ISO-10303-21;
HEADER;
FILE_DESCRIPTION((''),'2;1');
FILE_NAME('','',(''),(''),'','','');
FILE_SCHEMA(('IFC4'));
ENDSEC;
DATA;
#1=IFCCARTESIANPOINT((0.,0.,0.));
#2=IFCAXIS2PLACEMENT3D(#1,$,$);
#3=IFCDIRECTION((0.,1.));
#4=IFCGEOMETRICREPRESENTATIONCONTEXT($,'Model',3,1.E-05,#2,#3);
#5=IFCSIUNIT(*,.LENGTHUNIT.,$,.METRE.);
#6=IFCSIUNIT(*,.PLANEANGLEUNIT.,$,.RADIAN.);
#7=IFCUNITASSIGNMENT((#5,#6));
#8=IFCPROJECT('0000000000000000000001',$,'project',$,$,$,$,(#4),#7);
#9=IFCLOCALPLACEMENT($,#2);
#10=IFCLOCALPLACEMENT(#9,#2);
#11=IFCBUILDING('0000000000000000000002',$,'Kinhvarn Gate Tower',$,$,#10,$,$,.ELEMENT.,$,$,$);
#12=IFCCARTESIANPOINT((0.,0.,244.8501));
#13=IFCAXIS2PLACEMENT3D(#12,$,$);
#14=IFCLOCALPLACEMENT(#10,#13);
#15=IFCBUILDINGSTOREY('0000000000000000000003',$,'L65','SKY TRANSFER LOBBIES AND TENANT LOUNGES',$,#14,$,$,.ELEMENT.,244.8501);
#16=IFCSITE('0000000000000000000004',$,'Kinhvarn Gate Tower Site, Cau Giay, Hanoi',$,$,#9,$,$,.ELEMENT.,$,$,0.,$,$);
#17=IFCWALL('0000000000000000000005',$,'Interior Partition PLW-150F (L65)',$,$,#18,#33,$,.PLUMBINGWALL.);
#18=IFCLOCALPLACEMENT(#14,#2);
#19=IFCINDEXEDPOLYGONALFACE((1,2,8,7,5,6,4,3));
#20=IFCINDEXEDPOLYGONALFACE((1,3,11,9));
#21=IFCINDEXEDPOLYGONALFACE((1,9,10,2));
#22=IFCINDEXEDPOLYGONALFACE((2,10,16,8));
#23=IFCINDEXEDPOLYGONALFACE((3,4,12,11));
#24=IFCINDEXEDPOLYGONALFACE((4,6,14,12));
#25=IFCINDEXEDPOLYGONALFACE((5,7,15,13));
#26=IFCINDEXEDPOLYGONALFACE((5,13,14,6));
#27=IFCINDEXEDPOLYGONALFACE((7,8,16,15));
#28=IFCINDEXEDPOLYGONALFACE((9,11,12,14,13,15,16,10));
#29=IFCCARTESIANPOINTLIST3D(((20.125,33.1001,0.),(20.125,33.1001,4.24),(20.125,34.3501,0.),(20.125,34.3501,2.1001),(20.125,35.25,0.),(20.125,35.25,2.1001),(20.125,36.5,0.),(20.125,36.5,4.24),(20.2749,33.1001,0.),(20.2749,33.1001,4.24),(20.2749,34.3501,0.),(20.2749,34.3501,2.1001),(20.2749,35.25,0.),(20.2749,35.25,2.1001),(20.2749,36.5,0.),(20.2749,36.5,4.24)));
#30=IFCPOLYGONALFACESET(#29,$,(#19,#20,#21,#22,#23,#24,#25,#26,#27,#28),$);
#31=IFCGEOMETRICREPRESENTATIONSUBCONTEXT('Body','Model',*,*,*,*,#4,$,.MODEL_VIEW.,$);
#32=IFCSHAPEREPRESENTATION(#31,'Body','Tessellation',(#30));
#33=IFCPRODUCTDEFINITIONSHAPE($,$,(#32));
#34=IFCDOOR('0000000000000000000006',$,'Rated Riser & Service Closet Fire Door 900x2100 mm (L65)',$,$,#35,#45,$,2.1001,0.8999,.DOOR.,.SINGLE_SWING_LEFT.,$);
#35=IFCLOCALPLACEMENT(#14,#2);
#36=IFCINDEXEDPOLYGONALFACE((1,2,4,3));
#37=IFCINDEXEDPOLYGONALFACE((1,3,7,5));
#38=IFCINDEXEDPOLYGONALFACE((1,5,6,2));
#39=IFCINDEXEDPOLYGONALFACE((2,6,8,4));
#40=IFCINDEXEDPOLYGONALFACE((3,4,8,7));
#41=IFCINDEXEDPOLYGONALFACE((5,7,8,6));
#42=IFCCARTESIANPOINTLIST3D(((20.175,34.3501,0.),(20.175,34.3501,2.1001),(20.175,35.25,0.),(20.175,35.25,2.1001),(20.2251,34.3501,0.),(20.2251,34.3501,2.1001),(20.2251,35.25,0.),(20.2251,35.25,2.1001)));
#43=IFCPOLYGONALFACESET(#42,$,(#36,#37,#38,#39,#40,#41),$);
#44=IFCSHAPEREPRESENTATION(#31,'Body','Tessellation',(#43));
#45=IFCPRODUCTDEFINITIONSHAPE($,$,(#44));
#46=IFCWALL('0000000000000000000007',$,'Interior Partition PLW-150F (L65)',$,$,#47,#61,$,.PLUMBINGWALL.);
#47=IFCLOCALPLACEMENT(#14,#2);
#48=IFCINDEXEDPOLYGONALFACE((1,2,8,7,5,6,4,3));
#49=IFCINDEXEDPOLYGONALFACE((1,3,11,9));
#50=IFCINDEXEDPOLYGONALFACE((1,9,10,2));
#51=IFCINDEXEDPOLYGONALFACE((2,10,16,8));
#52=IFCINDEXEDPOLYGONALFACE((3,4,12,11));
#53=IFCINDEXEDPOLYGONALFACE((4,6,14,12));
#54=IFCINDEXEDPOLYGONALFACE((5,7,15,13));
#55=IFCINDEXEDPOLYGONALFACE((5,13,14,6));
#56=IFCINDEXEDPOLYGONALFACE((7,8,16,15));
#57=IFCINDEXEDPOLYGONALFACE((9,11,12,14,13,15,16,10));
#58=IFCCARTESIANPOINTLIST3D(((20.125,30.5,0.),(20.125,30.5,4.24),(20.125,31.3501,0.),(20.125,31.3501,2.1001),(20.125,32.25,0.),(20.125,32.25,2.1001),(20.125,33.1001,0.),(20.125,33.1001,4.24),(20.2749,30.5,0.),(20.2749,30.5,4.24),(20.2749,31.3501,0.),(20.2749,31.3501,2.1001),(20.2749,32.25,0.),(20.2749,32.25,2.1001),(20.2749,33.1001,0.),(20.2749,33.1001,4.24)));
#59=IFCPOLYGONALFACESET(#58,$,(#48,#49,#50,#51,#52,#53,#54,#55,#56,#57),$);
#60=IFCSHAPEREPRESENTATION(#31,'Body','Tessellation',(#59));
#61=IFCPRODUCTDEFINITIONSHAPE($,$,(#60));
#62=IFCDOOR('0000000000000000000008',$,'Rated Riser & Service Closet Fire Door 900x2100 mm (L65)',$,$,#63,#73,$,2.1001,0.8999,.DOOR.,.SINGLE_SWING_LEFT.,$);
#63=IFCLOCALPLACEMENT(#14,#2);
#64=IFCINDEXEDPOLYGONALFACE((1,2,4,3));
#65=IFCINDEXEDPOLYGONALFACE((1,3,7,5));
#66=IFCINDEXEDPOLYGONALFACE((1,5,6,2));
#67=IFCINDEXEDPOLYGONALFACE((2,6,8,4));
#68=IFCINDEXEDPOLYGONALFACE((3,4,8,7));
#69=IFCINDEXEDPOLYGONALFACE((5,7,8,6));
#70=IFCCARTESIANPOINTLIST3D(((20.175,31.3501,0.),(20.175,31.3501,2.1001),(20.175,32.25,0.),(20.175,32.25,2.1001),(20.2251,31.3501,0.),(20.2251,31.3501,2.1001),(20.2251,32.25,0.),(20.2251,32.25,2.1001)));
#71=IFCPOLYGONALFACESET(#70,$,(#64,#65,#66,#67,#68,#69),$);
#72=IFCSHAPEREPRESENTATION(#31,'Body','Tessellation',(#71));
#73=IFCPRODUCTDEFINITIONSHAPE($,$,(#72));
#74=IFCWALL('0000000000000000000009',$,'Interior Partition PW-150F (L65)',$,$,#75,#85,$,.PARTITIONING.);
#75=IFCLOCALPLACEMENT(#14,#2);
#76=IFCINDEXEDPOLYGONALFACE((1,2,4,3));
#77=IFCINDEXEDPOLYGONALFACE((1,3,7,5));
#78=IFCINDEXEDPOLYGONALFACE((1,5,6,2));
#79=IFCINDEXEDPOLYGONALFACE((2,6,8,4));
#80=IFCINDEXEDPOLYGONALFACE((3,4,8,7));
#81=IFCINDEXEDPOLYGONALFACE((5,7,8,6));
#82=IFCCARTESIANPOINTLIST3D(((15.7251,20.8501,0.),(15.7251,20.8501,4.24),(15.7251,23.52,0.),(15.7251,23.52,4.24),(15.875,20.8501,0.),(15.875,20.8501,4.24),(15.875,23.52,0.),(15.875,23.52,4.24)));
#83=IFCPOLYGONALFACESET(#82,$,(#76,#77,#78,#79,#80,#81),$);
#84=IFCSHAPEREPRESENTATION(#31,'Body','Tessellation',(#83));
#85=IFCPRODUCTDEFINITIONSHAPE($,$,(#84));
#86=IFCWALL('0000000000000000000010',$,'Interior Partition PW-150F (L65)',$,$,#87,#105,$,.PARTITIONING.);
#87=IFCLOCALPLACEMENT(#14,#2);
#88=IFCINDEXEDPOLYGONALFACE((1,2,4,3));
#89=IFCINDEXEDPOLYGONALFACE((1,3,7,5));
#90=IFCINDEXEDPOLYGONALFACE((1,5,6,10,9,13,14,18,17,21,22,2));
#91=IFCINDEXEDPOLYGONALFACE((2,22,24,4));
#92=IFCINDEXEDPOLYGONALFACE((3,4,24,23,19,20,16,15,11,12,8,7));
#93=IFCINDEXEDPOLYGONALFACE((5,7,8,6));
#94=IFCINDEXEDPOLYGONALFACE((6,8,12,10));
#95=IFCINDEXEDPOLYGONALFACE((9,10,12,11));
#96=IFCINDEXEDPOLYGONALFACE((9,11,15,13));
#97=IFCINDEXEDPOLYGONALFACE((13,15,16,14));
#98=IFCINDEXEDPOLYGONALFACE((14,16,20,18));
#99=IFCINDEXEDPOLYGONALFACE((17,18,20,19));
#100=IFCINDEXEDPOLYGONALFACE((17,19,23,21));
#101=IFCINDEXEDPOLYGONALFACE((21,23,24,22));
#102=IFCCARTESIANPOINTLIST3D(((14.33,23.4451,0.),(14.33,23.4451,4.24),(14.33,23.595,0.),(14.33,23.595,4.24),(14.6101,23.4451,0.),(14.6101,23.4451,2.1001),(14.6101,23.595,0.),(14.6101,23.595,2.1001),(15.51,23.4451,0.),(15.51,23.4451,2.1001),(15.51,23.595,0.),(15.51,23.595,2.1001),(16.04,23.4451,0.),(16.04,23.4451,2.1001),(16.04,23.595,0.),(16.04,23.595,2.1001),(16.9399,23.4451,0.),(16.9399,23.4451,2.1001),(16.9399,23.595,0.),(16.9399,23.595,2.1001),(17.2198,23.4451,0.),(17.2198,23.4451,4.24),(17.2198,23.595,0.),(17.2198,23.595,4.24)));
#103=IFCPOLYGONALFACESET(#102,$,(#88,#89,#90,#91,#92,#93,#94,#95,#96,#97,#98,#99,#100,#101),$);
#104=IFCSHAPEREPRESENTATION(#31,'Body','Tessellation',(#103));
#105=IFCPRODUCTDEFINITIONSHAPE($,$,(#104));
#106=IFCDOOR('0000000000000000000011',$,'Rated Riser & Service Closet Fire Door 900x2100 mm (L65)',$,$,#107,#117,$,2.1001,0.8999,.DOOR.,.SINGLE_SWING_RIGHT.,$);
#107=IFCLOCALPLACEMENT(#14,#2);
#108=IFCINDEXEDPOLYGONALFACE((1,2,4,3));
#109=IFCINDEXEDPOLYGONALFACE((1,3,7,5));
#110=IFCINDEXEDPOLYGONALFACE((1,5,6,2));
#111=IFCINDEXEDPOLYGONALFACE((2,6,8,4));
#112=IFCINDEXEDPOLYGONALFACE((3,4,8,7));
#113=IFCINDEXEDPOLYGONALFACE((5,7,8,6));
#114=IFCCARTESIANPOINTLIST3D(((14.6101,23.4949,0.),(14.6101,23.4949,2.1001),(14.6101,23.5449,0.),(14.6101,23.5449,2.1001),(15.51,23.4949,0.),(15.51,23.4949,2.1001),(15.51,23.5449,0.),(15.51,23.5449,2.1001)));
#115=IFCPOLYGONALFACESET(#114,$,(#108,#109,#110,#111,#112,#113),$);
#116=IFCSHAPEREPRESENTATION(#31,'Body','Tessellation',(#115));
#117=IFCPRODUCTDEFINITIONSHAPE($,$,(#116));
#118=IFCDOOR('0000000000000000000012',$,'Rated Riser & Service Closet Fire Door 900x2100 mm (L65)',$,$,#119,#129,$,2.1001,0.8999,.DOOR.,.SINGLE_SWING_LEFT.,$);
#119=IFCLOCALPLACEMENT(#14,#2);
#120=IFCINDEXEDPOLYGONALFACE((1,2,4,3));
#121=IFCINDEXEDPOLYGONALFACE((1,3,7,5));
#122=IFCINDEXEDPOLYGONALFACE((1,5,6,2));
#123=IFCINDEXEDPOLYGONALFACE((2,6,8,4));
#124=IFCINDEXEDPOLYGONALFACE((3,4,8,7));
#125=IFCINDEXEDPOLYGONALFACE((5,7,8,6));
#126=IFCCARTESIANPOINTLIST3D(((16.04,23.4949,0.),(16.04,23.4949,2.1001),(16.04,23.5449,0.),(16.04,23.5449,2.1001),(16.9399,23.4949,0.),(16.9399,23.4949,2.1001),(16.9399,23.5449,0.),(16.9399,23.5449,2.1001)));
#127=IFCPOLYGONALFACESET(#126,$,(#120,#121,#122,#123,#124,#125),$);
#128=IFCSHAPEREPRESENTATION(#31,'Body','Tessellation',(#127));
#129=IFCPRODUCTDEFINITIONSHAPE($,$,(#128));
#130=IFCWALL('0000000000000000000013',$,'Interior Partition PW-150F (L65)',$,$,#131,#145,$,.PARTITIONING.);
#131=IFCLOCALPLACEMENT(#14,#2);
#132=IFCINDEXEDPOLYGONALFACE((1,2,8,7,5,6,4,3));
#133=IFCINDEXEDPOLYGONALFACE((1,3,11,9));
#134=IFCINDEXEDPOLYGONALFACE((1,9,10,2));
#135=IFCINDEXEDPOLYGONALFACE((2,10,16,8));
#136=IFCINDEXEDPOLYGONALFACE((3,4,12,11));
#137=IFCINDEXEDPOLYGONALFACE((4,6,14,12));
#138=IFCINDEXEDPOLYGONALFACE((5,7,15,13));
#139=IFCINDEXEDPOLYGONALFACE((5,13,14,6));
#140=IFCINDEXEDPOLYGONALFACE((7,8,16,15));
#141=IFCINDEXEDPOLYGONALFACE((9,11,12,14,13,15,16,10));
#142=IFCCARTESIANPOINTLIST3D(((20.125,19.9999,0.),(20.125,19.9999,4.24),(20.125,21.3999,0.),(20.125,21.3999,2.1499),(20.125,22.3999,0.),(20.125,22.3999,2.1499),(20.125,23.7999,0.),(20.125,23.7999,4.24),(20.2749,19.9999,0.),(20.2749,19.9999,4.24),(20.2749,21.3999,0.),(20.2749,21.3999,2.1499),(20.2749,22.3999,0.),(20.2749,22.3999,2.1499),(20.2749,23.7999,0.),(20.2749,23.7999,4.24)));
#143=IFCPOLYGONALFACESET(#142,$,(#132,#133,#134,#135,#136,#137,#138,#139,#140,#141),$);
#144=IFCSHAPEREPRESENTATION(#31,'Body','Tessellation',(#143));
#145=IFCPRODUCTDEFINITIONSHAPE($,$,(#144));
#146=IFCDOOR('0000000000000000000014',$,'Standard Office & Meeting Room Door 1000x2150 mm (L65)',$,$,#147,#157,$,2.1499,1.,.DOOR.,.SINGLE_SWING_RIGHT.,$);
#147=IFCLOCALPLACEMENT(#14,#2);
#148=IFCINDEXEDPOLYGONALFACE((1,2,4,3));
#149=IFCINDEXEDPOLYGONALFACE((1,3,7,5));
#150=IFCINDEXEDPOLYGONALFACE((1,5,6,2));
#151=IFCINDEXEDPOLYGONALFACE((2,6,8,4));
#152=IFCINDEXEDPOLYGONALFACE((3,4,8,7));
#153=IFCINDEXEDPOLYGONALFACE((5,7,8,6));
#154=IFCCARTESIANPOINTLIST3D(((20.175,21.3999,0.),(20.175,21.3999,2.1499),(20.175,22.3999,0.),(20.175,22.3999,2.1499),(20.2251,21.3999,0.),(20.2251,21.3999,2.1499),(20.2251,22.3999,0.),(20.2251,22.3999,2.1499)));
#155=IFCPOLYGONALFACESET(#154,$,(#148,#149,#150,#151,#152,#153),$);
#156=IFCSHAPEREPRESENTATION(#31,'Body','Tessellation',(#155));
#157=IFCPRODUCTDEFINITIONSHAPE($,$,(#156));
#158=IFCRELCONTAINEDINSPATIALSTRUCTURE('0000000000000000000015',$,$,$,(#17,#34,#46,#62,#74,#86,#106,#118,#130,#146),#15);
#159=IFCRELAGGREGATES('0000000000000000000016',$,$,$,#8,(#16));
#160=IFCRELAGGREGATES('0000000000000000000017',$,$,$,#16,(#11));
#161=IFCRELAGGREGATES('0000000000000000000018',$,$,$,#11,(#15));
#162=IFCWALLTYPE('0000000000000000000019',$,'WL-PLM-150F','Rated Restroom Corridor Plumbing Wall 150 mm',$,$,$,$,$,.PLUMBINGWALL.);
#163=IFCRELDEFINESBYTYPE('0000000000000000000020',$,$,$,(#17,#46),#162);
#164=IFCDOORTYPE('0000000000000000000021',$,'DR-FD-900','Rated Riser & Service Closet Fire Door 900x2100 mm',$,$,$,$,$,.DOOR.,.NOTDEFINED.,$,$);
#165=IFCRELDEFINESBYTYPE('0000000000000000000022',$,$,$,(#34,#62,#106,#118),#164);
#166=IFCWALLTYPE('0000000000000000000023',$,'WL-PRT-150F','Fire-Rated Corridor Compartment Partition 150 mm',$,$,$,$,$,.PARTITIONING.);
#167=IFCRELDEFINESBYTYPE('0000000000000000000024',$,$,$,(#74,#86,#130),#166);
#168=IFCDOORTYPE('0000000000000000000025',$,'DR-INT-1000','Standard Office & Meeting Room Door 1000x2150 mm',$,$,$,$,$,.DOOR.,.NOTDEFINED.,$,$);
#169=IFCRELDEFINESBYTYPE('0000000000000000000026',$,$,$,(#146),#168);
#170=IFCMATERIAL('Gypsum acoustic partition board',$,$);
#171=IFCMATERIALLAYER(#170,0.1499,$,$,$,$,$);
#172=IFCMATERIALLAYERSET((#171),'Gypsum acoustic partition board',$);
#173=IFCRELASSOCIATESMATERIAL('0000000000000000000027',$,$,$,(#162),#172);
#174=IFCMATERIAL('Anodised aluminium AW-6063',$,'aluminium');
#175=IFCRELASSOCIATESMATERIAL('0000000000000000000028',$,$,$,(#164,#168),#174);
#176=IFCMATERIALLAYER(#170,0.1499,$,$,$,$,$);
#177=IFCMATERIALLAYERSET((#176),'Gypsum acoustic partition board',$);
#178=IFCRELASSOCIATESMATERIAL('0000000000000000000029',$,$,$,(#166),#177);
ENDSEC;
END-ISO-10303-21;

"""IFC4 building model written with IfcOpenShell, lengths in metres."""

from ifc_helpers import new_model, si_unit, direction, frame, frame_2d, origin, place, context, subcontext, project, spatial, rectangle, extrude, material, layer, layer_set, type_object, element, fill, save


model = new_model("IFC4")

# Units and contexts
model_context = context("Model", 3, precision=1e-05, world=origin(), true_north=direction((0.0, 1.0)))
body_context = subcontext(model_context, "Body", "Model", "MODEL_VIEW")
ifc_project = project(units=[si_unit("LENGTHUNIT", "METRE"), si_unit("PLANEANGLEUNIT", "RADIAN")], contexts=[model_context])

# Site, building, storey
site_placement = place(None, origin())
site = spatial("IfcSite", under=ifc_project, at=site_placement, Name="Kinhvarn Gate Tower Site, Cau Giay, Hanoi", CompositionType="ELEMENT", RefElevation=0.0)
building_placement = place(site_placement, origin())
building = spatial("IfcBuilding", under=site, at=building_placement, Name="Kinhvarn Gate Tower", CompositionType="ELEMENT")
storey_placement = place(building_placement, frame((0.0, 0.0, 244.8501)))
storey = spatial("IfcBuildingStorey", under=building, at=storey_placement, Name="L65", Description="SKY TRANSFER LOBBIES AND TENANT LOUNGES", CompositionType="ELEMENT", Elevation=244.8501)

# Shared definitions
ifc_material_1 = material(Name="Anodised aluminium AW-6063", Category="aluminium")

# Shared definitions
ifc_material_2 = material(Name="Gypsum acoustic partition board")

# Walls, openings, doors
ifc_layer_1 = layer(ifc_material_2, 0.1499)
ifc_layer_set_1 = layer_set([ifc_layer_1], Name="Gypsum acoustic partition board")
wall_type_1 = type_object("IfcWallType", Name="WL-PLM-150F", Description="Rated Restroom Corridor Plumbing Wall 150 mm", PredefinedType="PLUMBINGWALL", material=ifc_layer_set_1)
wall_1_placement = place(storey_placement, frame((20.2, 33.1001, 0.0), z_axis=(0.0, 0.0, 1.0), x_axis=(0.0, 1.0, 0.0)))
wall_1 = element("IfcWall", 1, at=wall_1_placement, inside=storey, type_object=wall_type_1, Name="Interior Partition PLW-150F (L65)", PredefinedType="PLUMBINGWALL", context=body_context, shape_type="SweptSolid", body=[
    extrude(rectangle(XDim=3.3999, YDim=0.1499, at=frame_2d((1.7, 0.0))), origin(), (0.0, 0.0, 1.0), 4.24),
])
opening_1_placement = place(wall_1_placement, frame((1.25, 0.0, 0.0)))
opening_1 = element("IfcOpeningElement", 2, at=opening_1_placement, cuts=wall_1, PredefinedType="OPENING", context=body_context, shape_type="SweptSolid", body=[
    extrude(rectangle(XDim=0.8999, YDim=2.1001, at=frame_2d((0.45, 1.05))), frame((0.0, 0.085, 0.0), z_axis=(0.0, -1.0, 0.0), x_axis=(1.0, 0.0, 0.0)), (0.0, 0.0, 1.0), 0.1699),
])
door_type_1 = type_object("IfcDoorType", Name="DR-FD-900", Description="Rated Riser & Service Closet Fire Door 900x2100 mm", OperationType="NOTDEFINED", PredefinedType="DOOR", material=ifc_material_1)
door_1_placement = place(opening_1_placement, origin())
door_1 = element("IfcDoor", 3, at=door_1_placement, inside=storey, type_object=door_type_1, Name="Rated Riser & Service Closet Fire Door 900x2100 mm (L65)", OperationType="SINGLE_SWING_LEFT", OverallHeight=2.1001, OverallWidth=0.8999, PredefinedType="DOOR", context=body_context, shape_type="SweptSolid", body=[
    extrude(rectangle(XDim=0.8999, YDim=2.1001, at=frame_2d((0.45, 1.05))), frame((0.0, 0.0249, 0.0), z_axis=(0.0, -1.0, 0.0), x_axis=(1.0, 0.0, 0.0)), (0.0, 0.0, 1.0), 0.05),
])
fill(opening_1, door_1)
wall_2_placement = place(storey_placement, frame((20.2, 30.5, 0.0), z_axis=(0.0, 0.0, 1.0), x_axis=(0.0, 1.0, 0.0)))
wall_2 = element("IfcWall", 4, at=wall_2_placement, inside=storey, type_object=wall_type_1, Name="Interior Partition PLW-150F (L65)", PredefinedType="PLUMBINGWALL", context=body_context, shape_type="SweptSolid", body=[
    extrude(rectangle(XDim=2.6001, YDim=0.1499, at=frame_2d((1.3, 0.0))), origin(), (0.0, 0.0, 1.0), 4.24),
])
opening_2_placement = place(wall_2_placement, frame((0.8501, 0.0, 0.0)))
opening_2 = element("IfcOpeningElement", 5, at=opening_2_placement, cuts=wall_2, PredefinedType="OPENING", context=body_context, shape_type="SweptSolid", body=[
    extrude(rectangle(XDim=0.8999, YDim=2.1001, at=frame_2d((0.45, 1.05))), frame((0.0, 0.085, 0.0), z_axis=(0.0, -1.0, 0.0), x_axis=(1.0, 0.0, 0.0)), (0.0, 0.0, 1.0), 0.1699),
])
door_2_placement = place(opening_2_placement, origin())
door_2 = element("IfcDoor", 6, at=door_2_placement, inside=storey, type_object=door_type_1, Name="Rated Riser & Service Closet Fire Door 900x2100 mm (L65)", OperationType="SINGLE_SWING_LEFT", OverallHeight=2.1001, OverallWidth=0.8999, PredefinedType="DOOR", context=body_context, shape_type="SweptSolid", body=[
    extrude(rectangle(XDim=0.8999, YDim=2.1001, at=frame_2d((0.45, 1.05))), frame((0.0, 0.0249, 0.0), z_axis=(0.0, -1.0, 0.0), x_axis=(1.0, 0.0, 0.0)), (0.0, 0.0, 1.0), 0.05),
])
fill(opening_2, door_2)

# Wall
ifc_layer_2 = layer(ifc_material_2, 0.1499)
ifc_layer_set_2 = layer_set([ifc_layer_2], Name="Gypsum acoustic partition board")
wall_type_2 = type_object("IfcWallType", Name="WL-PRT-150F", Description="Fire-Rated Corridor Compartment Partition 150 mm", PredefinedType="PARTITIONING", material=ifc_layer_set_2)
wall_3_placement = place(storey_placement, frame((15.8, 20.8501, 0.0), z_axis=(0.0, 0.0, 1.0), x_axis=(0.0, 1.0, 0.0)))
element("IfcWall", 7, at=wall_3_placement, inside=storey, type_object=wall_type_2, Name="Interior Partition PW-150F (L65)", PredefinedType="PARTITIONING", context=body_context, shape_type="SweptSolid", body=[
    extrude(rectangle(XDim=2.6699, YDim=0.1499, at=frame_2d((1.335, 0.0))), origin(), (0.0, 0.0, 1.0), 4.24),
])

# Wall, openings, doors
wall_4_placement = place(storey_placement, frame((14.3301, 23.52, 0.0), z_axis=(0.0, 0.0, 1.0), x_axis=(1.0, 0.0, 0.0)))
wall_4 = element("IfcWall", 8, at=wall_4_placement, inside=storey, type_object=wall_type_2, Name="Interior Partition PW-150F (L65)", PredefinedType="PARTITIONING", context=body_context, shape_type="SweptSolid", body=[
    extrude(rectangle(XDim=2.8899, YDim=0.1499, at=frame_2d((1.4448, 0.0))), origin(), (0.0, 0.0, 1.0), 4.24),
])
opening_3_placement = place(wall_4_placement, frame((0.28, 0.0, 0.0)))
opening_3 = element("IfcOpeningElement", 9, at=opening_3_placement, cuts=wall_4, PredefinedType="OPENING", context=body_context, shape_type="SweptSolid", body=[
    extrude(rectangle(XDim=0.8999, YDim=2.1001, at=frame_2d((0.45, 1.05))), frame((0.0, 0.085, 0.0), z_axis=(0.0, -1.0, 0.0), x_axis=(1.0, 0.0, 0.0)), (0.0, 0.0, 1.0), 0.1699),
])
opening_4_placement = place(wall_4_placement, frame((1.71, 0.0, 0.0)))
opening_4 = element("IfcOpeningElement", 10, at=opening_4_placement, cuts=wall_4, PredefinedType="OPENING", context=body_context, shape_type="SweptSolid", body=[
    extrude(rectangle(XDim=0.8999, YDim=2.1001, at=frame_2d((0.45, 1.05))), frame((0.0, 0.085, 0.0), z_axis=(0.0, -1.0, 0.0), x_axis=(1.0, 0.0, 0.0)), (0.0, 0.0, 1.0), 0.1699),
])
door_3_placement = place(opening_3_placement, origin())
door_3 = element("IfcDoor", 11, at=door_3_placement, inside=storey, type_object=door_type_1, Name="Rated Riser & Service Closet Fire Door 900x2100 mm (L65)", OperationType="SINGLE_SWING_RIGHT", OverallHeight=2.1001, OverallWidth=0.8999, PredefinedType="DOOR", context=body_context, shape_type="SweptSolid", body=[
    extrude(rectangle(XDim=0.8999, YDim=2.1001, at=frame_2d((0.45, 1.05))), frame((0.0, 0.0249, 0.0), z_axis=(0.0, -1.0, 0.0), x_axis=(1.0, 0.0, 0.0)), (0.0, 0.0, 1.0), 0.05),
])
fill(opening_3, door_3)
door_4_placement = place(opening_4_placement, origin())
door_4 = element("IfcDoor", 12, at=door_4_placement, inside=storey, type_object=door_type_1, Name="Rated Riser & Service Closet Fire Door 900x2100 mm (L65)", OperationType="SINGLE_SWING_LEFT", OverallHeight=2.1001, OverallWidth=0.8999, PredefinedType="DOOR", context=body_context, shape_type="SweptSolid", body=[
    extrude(rectangle(XDim=0.8999, YDim=2.1001, at=frame_2d((0.45, 1.05))), frame((0.0, 0.0249, 0.0), z_axis=(0.0, -1.0, 0.0), x_axis=(1.0, 0.0, 0.0)), (0.0, 0.0, 1.0), 0.05),
])
fill(opening_4, door_4)

# Wall, opening, door
wall_5_placement = place(storey_placement, frame((20.2, 20.0, 0.0), z_axis=(0.0, 0.0, 1.0), x_axis=(0.0, 1.0, 0.0)))
wall_5 = element("IfcWall", 13, at=wall_5_placement, inside=storey, type_object=wall_type_2, Name="Interior Partition PW-150F (L65)", PredefinedType="PARTITIONING", context=body_context, shape_type="SweptSolid", body=[
    extrude(rectangle(XDim=3.8, YDim=0.1499, at=frame_2d((1.8999, 0.0))), origin(), (0.0, 0.0, 1.0), 4.24),
])
opening_5_placement = place(wall_5_placement, frame((1.3999, 0.0, 0.0)))
opening_5 = element("IfcOpeningElement", 14, at=opening_5_placement, cuts=wall_5, PredefinedType="OPENING", context=body_context, shape_type="SweptSolid", body=[
    extrude(rectangle(XDim=1.0, YDim=2.1499, at=frame_2d((0.5, 1.075))), frame((0.0, 0.085, 0.0), z_axis=(0.0, -1.0, 0.0), x_axis=(1.0, 0.0, 0.0)), (0.0, 0.0, 1.0), 0.1699),
])
door_type_2 = type_object("IfcDoorType", Name="DR-INT-1000", Description="Standard Office & Meeting Room Door 1000x2150 mm", OperationType="NOTDEFINED", PredefinedType="DOOR", material=ifc_material_1)
door_5_placement = place(opening_5_placement, origin())
door_5 = element("IfcDoor", 15, at=door_5_placement, inside=storey, type_object=door_type_2, Name="Standard Office & Meeting Room Door 1000x2150 mm (L65)", OperationType="SINGLE_SWING_RIGHT", OverallHeight=2.1499, OverallWidth=1.0, PredefinedType="DOOR", context=body_context, shape_type="SweptSolid", body=[
    extrude(rectangle(XDim=1.0, YDim=2.1499, at=frame_2d((0.5, 1.075))), frame((0.0, 0.0249, 0.0), z_axis=(0.0, -1.0, 0.0), x_axis=(1.0, 0.0, 0.0)), (0.0, 0.0, 1.0), 0.05),
])
fill(opening_5, door_5)

save(model, "model.ifc")
